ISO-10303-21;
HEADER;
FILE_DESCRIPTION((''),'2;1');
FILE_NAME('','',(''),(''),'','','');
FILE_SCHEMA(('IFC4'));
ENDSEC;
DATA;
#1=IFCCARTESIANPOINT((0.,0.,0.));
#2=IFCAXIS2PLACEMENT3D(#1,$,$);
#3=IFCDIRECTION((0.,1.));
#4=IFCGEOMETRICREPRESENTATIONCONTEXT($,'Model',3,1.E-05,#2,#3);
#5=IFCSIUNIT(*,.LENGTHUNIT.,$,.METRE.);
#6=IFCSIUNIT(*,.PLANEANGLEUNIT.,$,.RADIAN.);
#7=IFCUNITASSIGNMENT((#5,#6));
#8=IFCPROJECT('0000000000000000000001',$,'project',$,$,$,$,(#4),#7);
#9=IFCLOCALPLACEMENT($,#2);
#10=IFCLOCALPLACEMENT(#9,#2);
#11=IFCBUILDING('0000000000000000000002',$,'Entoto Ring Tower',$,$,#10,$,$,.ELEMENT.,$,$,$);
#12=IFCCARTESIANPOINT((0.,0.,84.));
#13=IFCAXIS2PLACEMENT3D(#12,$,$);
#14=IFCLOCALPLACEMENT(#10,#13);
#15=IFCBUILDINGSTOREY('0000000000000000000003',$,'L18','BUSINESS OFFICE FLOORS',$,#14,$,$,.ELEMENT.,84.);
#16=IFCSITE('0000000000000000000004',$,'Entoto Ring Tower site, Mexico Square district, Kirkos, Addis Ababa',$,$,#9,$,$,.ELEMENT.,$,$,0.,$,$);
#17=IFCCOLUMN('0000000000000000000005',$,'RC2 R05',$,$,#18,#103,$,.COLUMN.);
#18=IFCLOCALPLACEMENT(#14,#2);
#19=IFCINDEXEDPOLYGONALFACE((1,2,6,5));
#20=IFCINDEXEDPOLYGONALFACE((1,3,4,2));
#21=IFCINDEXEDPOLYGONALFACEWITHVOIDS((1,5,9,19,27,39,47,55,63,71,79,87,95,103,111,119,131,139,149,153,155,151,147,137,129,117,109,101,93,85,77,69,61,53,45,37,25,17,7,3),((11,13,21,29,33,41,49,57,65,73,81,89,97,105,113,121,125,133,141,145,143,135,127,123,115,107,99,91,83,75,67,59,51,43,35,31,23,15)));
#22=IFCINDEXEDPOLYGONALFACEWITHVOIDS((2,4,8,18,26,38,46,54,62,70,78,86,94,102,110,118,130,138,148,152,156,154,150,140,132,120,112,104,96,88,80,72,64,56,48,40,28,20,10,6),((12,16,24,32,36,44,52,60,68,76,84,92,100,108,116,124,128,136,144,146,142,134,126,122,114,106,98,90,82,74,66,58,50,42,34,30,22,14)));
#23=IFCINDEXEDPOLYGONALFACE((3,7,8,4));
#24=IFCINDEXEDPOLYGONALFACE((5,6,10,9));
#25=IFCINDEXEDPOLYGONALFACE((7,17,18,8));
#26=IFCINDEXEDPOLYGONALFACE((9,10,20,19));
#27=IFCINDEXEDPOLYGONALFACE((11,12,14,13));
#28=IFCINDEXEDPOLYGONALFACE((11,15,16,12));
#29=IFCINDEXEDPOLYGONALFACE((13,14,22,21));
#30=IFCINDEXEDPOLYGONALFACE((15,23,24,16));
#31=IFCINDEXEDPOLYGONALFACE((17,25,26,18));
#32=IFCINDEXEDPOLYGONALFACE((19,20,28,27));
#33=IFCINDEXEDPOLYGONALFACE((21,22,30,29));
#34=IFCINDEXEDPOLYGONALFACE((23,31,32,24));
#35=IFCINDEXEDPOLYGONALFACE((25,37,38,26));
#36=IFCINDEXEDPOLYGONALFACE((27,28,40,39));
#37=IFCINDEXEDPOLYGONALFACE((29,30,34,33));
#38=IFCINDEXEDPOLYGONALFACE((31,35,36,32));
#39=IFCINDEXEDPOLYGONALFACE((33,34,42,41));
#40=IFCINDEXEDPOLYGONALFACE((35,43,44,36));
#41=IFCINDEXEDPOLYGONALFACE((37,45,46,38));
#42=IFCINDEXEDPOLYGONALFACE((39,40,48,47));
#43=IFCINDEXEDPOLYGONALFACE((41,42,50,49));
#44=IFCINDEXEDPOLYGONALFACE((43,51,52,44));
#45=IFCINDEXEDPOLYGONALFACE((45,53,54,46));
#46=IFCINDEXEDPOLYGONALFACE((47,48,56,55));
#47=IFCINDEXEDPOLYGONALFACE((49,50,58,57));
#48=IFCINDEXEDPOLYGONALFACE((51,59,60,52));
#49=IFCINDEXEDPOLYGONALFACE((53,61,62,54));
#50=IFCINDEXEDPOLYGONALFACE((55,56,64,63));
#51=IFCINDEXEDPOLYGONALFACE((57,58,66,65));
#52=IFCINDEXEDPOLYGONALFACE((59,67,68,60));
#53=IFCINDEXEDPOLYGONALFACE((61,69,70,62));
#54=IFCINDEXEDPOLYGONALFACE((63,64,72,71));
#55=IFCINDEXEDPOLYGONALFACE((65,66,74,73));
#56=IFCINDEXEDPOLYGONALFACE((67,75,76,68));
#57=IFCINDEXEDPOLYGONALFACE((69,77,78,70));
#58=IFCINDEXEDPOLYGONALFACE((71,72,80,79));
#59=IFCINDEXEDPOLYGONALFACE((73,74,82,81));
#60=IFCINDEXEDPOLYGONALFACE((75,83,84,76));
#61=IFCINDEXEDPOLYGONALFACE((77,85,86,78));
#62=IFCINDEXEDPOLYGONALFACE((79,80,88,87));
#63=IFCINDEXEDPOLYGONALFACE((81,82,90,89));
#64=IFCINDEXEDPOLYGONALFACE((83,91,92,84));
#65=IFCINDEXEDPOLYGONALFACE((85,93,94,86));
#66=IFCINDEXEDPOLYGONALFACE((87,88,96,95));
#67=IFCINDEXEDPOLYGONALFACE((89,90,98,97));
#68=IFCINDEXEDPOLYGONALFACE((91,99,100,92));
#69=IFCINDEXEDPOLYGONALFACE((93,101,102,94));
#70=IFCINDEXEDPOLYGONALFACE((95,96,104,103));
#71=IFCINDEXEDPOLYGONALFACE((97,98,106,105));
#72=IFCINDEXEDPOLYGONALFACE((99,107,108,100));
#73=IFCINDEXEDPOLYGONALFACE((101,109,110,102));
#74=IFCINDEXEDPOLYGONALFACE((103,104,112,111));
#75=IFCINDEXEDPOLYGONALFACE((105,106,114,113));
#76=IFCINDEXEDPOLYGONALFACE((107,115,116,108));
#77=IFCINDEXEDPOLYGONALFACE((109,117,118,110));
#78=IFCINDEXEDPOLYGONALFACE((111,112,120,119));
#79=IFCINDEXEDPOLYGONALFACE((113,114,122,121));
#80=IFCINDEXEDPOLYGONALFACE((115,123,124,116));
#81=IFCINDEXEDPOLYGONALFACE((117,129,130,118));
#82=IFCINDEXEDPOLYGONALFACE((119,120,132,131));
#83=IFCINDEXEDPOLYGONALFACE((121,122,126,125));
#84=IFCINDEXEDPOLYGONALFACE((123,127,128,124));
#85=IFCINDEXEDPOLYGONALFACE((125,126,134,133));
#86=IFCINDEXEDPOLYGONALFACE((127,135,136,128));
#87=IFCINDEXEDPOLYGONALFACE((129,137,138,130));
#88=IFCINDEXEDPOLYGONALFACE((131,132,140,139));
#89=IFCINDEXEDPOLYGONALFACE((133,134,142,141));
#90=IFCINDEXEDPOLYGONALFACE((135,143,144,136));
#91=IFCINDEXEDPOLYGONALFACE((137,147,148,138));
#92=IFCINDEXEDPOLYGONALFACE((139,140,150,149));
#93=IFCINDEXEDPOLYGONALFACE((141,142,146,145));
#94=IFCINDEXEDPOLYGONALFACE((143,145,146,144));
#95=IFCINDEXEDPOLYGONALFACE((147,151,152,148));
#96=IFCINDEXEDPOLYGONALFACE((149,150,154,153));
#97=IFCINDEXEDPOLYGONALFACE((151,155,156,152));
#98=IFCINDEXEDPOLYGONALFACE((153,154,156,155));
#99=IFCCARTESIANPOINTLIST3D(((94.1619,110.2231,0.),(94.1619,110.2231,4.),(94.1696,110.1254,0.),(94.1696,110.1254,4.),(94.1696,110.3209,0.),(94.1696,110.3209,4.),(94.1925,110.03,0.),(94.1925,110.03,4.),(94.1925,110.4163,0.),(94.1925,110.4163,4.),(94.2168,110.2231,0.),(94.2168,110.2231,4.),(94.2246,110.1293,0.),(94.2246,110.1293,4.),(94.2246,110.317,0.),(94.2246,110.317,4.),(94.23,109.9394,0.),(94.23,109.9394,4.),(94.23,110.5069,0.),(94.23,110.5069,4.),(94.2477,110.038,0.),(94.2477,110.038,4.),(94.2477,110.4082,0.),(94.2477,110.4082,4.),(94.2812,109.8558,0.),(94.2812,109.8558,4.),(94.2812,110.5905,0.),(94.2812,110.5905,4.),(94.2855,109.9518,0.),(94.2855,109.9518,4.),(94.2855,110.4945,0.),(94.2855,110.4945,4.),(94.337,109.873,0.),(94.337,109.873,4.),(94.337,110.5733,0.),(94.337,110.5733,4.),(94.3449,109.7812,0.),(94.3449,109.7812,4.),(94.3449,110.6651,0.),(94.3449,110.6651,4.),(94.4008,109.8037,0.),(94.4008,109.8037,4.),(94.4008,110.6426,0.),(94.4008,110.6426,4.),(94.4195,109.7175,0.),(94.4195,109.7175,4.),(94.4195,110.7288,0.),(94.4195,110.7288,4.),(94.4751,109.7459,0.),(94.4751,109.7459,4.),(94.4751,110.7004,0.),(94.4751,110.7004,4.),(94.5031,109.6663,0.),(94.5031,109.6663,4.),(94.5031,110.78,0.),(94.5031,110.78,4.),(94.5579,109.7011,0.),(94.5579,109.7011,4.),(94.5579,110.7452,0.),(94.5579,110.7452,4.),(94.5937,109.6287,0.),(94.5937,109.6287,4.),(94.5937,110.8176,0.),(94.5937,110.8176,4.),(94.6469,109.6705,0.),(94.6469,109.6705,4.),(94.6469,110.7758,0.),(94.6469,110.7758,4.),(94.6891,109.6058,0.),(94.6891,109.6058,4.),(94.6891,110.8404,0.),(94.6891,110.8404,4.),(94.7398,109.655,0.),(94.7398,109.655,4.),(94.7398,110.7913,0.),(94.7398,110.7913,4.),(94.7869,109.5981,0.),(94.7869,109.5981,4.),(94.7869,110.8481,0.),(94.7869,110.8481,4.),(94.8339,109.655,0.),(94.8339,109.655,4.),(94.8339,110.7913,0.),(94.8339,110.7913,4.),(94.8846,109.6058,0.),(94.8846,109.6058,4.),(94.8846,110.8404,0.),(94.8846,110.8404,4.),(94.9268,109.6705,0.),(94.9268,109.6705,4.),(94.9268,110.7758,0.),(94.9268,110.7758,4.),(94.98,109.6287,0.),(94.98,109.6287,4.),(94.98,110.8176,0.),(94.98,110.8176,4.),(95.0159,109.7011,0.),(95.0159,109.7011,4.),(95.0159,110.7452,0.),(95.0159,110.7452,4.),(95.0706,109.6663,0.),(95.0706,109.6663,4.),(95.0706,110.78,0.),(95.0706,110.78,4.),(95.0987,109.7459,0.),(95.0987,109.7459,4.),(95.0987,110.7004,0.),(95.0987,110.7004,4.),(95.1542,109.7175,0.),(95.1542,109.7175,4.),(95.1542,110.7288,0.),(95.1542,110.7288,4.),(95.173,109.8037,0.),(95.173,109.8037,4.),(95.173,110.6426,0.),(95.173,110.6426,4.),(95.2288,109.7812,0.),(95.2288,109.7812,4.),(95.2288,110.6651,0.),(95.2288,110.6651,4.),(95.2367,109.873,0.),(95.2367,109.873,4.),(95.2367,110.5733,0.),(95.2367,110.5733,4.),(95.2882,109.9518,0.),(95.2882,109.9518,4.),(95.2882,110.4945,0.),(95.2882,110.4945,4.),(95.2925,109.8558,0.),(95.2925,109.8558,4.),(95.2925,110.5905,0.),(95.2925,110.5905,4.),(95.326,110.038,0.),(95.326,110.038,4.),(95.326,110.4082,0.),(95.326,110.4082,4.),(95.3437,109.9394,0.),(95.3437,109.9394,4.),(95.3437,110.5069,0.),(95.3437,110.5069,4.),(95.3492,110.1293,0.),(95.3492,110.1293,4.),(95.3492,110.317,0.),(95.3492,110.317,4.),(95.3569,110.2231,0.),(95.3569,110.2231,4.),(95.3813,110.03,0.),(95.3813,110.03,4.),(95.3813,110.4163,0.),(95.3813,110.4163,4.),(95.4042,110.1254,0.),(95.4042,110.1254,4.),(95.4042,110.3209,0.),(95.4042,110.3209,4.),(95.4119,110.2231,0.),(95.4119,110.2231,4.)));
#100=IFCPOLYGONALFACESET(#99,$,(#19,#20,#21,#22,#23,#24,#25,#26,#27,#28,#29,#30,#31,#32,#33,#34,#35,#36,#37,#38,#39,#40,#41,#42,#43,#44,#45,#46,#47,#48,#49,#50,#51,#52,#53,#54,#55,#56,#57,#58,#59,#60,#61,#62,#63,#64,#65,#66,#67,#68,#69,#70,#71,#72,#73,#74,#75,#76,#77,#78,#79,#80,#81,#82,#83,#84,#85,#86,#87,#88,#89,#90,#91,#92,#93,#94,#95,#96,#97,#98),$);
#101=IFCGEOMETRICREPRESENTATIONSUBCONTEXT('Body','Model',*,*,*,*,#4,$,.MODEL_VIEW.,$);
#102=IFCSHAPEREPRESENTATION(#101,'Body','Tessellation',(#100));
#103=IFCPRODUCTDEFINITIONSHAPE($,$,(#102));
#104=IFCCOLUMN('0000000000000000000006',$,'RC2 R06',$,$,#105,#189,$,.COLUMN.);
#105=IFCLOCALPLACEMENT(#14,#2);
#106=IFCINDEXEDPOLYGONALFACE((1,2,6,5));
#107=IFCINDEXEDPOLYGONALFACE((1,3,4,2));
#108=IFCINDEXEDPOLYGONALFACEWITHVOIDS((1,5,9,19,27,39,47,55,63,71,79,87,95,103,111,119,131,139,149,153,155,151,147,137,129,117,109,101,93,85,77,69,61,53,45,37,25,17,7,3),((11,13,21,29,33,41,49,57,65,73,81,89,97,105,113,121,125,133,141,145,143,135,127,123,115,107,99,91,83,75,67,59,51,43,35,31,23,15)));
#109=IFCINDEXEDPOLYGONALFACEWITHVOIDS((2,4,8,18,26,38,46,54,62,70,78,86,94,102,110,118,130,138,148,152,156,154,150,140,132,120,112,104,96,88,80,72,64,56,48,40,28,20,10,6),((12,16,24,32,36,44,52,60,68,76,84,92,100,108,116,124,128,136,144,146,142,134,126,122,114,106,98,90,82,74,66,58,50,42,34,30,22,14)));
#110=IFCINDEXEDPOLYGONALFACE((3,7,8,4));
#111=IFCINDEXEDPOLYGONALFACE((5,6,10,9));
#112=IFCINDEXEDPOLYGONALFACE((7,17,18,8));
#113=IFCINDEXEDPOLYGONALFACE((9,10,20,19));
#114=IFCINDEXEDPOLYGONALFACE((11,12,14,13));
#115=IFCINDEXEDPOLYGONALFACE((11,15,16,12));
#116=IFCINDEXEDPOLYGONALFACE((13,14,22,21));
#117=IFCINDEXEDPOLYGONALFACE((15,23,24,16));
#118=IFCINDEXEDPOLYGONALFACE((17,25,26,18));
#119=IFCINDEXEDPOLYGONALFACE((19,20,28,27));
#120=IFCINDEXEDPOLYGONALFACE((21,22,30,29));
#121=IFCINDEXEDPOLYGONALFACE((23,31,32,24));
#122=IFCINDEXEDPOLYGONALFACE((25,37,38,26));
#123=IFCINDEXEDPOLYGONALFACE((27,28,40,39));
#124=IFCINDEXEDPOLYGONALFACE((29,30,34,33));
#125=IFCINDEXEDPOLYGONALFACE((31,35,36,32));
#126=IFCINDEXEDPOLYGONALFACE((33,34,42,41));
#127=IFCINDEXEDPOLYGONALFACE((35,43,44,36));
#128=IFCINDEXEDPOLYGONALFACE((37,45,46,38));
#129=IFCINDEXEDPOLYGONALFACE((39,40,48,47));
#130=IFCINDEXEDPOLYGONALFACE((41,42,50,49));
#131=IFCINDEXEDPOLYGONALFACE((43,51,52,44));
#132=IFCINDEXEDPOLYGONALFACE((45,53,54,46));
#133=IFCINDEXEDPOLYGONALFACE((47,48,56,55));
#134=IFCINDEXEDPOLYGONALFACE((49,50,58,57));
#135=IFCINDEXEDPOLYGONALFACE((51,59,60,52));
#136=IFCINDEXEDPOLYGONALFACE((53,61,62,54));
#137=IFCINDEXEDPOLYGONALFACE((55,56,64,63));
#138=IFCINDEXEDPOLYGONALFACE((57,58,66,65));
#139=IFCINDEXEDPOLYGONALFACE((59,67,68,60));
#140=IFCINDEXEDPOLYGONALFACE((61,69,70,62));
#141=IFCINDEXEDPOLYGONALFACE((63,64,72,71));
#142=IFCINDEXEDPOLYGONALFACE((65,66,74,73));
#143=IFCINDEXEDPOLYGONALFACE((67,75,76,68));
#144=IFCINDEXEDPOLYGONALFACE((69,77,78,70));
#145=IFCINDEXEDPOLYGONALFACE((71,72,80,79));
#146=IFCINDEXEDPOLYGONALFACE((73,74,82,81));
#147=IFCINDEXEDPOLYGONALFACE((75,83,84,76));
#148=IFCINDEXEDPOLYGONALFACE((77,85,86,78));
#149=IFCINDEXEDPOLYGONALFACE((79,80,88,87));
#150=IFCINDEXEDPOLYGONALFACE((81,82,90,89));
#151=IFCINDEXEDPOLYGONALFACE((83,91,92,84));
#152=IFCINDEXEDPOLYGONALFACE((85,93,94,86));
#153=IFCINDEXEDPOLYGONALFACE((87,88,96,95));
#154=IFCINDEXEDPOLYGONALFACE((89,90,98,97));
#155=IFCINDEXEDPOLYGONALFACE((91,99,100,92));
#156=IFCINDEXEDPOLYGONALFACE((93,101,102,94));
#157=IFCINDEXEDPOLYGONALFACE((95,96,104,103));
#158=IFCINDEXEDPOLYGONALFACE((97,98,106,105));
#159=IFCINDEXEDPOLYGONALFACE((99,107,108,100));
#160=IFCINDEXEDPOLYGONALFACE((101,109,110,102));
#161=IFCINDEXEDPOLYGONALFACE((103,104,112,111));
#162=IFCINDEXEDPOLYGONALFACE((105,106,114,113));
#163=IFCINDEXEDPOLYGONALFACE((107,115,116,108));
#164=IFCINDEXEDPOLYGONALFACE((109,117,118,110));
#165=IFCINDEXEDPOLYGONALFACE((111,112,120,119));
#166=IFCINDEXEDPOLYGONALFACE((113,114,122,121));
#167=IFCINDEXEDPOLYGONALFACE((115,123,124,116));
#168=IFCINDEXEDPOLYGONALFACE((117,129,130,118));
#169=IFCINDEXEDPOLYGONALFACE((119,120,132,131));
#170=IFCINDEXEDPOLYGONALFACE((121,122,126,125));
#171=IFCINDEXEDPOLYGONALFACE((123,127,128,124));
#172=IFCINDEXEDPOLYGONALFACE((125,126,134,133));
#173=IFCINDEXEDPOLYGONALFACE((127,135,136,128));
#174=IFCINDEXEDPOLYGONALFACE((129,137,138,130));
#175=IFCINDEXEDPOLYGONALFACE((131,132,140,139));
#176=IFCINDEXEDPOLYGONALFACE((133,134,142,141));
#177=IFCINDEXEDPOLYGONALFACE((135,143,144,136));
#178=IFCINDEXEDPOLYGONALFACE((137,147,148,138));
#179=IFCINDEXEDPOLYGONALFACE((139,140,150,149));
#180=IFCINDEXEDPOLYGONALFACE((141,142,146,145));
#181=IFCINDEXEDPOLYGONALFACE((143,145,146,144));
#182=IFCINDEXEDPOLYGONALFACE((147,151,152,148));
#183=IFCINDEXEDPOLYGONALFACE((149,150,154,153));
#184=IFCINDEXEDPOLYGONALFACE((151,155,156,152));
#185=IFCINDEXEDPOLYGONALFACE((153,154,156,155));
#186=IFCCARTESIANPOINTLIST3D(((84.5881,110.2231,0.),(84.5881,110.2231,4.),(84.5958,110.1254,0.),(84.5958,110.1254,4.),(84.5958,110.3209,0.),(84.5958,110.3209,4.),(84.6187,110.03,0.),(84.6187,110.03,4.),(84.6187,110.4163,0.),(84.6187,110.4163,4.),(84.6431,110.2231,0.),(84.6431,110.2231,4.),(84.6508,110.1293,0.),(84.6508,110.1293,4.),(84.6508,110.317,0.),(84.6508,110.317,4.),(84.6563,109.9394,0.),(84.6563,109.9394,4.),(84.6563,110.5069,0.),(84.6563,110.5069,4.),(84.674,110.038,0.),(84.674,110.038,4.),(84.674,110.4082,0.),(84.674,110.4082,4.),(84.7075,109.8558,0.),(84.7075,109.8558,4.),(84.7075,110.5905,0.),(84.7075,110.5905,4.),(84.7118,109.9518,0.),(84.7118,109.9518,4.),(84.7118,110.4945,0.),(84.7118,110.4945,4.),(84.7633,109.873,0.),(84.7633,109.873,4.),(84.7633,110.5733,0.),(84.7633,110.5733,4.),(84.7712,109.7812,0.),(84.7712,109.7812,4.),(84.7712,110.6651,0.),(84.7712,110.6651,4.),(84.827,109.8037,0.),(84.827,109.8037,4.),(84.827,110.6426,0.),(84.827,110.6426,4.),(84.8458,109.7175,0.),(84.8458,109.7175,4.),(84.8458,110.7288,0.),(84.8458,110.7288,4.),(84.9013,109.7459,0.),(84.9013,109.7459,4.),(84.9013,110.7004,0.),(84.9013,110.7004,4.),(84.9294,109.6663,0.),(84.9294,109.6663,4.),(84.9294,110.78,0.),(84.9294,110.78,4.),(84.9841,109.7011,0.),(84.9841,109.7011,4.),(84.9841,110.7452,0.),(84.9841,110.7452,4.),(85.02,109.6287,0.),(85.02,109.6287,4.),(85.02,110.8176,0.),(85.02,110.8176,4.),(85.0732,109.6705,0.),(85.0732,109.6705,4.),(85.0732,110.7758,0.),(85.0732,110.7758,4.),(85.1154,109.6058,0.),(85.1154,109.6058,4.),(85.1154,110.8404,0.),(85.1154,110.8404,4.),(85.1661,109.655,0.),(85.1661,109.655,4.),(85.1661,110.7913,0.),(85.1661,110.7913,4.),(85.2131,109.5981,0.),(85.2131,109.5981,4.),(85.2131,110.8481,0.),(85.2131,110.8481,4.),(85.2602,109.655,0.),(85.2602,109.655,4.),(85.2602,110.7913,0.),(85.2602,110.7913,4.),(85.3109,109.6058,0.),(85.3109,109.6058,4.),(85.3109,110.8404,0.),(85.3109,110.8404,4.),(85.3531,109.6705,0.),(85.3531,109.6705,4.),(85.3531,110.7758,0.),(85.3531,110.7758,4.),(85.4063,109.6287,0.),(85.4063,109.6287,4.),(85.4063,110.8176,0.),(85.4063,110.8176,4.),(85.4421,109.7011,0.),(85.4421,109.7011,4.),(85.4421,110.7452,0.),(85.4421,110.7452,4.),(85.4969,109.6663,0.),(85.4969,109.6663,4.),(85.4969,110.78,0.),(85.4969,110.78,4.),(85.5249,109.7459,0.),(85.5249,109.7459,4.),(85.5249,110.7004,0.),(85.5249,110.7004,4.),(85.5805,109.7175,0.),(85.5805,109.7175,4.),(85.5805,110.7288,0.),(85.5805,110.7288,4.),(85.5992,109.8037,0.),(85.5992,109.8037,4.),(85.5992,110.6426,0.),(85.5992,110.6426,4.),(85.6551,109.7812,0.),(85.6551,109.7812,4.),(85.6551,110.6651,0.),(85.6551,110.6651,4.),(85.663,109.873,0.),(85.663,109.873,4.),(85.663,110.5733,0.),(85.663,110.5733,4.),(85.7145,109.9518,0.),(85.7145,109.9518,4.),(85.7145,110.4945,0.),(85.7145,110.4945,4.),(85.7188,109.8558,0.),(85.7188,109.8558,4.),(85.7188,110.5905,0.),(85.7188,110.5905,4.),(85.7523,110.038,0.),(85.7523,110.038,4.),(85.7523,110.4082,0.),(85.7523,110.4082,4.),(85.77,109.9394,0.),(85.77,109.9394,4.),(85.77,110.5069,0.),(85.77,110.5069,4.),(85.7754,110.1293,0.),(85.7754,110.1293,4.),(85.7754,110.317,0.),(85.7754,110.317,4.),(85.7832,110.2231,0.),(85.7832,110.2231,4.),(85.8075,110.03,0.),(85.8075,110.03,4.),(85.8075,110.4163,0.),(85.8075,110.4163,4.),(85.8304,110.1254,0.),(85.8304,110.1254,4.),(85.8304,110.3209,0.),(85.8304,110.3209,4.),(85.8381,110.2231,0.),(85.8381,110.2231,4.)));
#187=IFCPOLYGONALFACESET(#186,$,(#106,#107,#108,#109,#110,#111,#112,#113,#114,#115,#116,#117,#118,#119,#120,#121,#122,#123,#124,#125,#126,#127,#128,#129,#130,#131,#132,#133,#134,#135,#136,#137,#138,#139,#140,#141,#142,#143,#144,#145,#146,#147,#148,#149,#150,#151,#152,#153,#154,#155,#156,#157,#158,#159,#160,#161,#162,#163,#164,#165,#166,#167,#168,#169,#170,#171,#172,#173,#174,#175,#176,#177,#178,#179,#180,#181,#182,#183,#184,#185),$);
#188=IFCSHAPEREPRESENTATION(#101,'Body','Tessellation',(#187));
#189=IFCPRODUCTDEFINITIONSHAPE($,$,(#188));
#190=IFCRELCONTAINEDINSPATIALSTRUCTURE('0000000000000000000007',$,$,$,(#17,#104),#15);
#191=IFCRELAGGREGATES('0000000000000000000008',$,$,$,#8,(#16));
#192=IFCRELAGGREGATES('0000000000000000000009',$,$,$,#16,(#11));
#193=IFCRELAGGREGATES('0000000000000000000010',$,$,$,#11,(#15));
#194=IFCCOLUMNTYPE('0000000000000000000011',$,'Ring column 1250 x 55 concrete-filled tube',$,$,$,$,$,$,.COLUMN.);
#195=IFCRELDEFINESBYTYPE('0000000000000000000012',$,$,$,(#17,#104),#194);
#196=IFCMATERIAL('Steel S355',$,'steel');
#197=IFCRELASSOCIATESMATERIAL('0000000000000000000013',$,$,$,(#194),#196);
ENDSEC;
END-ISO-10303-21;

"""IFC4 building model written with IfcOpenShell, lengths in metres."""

from ifc_helpers import new_model, si_unit, direction, frame, origin, origin_2d, place, context, subcontext, project, spatial, circle, hollow_circle, extrude, material, material_profile, profile_set, type_object, element, save


model = new_model("IFC4")

# Units and contexts
model_context = context("Model", 3, precision=1e-05, world=origin(), true_north=direction((0.0, 1.0)))
body_context = subcontext(model_context, "Body", "Model", "MODEL_VIEW")
ifc_project = project(units=[si_unit("LENGTHUNIT", "METRE"), si_unit("PLANEANGLEUNIT", "RADIAN")], contexts=[model_context])

# Site, building, storey
site_placement = place(None, origin())
site = spatial("IfcSite", under=ifc_project, at=site_placement, Name="Entoto Ring Tower site, Mexico Square district, Kirkos, Addis Ababa", CompositionType="ELEMENT", RefElevation=0.0)
building_placement = place(site_placement, origin())
building = spatial("IfcBuilding", under=site, at=building_placement, Name="Entoto Ring Tower", CompositionType="ELEMENT")
storey_placement = place(building_placement, frame((0.0, 0.0, 84.0)))
storey = spatial("IfcBuildingStorey", under=building, at=storey_placement, Name="L18", Description="BUSINESS OFFICE FLOORS", CompositionType="ELEMENT", Elevation=84.0)

# Columns
ifc_material_1 = material(Name="Steel S355", Category="steel")
ifc_material_profile_1 = material_profile(ifc_material_1, hollow_circle(Radius=0.625, WallThickness=0.0549, at=origin_2d()), Name="CHS 1250 x 55")
ifc_material_2 = material(Name="Concrete C60/75", Category="concrete")
ifc_material_profile_2 = material_profile(ifc_material_2, circle(Radius=0.5701, at=origin_2d()), Name="Concrete C60/75 infill")
ifc_profile_set_1 = profile_set([ifc_material_profile_1, ifc_material_profile_2], Name="Steel S355")
column_type = type_object("IfcColumnType", Name="Ring column 1250 x 55 concrete-filled tube", PredefinedType="COLUMN", material=ifc_profile_set_1)
for number, where, z_axis, x_axis, name in (
    (1, (94.7869, 110.2231, 0.0), (0.0, 0.0, 1.0), (1.0, 0.0, 0.0), "RC2 R05"),
    (2, (85.2131, 110.2231, 0.0), (0.0, 0.0, 1.0), (1.0, 0.0, 0.0), "RC2 R06"),
):
    element("IfcColumn", number, at=place(storey_placement, frame(where, z_axis=z_axis, x_axis=x_axis)), inside=storey, type_object=column_type, Name=name, PredefinedType="COLUMN", context=body_context, shape_type="SweptSolid", body=[
        extrude(hollow_circle(Radius=0.625, WallThickness=0.0549, at=origin_2d()), origin(), (0.0, 0.0, 1.0), 4.0),
    ])

save(model, "model.ifc")
